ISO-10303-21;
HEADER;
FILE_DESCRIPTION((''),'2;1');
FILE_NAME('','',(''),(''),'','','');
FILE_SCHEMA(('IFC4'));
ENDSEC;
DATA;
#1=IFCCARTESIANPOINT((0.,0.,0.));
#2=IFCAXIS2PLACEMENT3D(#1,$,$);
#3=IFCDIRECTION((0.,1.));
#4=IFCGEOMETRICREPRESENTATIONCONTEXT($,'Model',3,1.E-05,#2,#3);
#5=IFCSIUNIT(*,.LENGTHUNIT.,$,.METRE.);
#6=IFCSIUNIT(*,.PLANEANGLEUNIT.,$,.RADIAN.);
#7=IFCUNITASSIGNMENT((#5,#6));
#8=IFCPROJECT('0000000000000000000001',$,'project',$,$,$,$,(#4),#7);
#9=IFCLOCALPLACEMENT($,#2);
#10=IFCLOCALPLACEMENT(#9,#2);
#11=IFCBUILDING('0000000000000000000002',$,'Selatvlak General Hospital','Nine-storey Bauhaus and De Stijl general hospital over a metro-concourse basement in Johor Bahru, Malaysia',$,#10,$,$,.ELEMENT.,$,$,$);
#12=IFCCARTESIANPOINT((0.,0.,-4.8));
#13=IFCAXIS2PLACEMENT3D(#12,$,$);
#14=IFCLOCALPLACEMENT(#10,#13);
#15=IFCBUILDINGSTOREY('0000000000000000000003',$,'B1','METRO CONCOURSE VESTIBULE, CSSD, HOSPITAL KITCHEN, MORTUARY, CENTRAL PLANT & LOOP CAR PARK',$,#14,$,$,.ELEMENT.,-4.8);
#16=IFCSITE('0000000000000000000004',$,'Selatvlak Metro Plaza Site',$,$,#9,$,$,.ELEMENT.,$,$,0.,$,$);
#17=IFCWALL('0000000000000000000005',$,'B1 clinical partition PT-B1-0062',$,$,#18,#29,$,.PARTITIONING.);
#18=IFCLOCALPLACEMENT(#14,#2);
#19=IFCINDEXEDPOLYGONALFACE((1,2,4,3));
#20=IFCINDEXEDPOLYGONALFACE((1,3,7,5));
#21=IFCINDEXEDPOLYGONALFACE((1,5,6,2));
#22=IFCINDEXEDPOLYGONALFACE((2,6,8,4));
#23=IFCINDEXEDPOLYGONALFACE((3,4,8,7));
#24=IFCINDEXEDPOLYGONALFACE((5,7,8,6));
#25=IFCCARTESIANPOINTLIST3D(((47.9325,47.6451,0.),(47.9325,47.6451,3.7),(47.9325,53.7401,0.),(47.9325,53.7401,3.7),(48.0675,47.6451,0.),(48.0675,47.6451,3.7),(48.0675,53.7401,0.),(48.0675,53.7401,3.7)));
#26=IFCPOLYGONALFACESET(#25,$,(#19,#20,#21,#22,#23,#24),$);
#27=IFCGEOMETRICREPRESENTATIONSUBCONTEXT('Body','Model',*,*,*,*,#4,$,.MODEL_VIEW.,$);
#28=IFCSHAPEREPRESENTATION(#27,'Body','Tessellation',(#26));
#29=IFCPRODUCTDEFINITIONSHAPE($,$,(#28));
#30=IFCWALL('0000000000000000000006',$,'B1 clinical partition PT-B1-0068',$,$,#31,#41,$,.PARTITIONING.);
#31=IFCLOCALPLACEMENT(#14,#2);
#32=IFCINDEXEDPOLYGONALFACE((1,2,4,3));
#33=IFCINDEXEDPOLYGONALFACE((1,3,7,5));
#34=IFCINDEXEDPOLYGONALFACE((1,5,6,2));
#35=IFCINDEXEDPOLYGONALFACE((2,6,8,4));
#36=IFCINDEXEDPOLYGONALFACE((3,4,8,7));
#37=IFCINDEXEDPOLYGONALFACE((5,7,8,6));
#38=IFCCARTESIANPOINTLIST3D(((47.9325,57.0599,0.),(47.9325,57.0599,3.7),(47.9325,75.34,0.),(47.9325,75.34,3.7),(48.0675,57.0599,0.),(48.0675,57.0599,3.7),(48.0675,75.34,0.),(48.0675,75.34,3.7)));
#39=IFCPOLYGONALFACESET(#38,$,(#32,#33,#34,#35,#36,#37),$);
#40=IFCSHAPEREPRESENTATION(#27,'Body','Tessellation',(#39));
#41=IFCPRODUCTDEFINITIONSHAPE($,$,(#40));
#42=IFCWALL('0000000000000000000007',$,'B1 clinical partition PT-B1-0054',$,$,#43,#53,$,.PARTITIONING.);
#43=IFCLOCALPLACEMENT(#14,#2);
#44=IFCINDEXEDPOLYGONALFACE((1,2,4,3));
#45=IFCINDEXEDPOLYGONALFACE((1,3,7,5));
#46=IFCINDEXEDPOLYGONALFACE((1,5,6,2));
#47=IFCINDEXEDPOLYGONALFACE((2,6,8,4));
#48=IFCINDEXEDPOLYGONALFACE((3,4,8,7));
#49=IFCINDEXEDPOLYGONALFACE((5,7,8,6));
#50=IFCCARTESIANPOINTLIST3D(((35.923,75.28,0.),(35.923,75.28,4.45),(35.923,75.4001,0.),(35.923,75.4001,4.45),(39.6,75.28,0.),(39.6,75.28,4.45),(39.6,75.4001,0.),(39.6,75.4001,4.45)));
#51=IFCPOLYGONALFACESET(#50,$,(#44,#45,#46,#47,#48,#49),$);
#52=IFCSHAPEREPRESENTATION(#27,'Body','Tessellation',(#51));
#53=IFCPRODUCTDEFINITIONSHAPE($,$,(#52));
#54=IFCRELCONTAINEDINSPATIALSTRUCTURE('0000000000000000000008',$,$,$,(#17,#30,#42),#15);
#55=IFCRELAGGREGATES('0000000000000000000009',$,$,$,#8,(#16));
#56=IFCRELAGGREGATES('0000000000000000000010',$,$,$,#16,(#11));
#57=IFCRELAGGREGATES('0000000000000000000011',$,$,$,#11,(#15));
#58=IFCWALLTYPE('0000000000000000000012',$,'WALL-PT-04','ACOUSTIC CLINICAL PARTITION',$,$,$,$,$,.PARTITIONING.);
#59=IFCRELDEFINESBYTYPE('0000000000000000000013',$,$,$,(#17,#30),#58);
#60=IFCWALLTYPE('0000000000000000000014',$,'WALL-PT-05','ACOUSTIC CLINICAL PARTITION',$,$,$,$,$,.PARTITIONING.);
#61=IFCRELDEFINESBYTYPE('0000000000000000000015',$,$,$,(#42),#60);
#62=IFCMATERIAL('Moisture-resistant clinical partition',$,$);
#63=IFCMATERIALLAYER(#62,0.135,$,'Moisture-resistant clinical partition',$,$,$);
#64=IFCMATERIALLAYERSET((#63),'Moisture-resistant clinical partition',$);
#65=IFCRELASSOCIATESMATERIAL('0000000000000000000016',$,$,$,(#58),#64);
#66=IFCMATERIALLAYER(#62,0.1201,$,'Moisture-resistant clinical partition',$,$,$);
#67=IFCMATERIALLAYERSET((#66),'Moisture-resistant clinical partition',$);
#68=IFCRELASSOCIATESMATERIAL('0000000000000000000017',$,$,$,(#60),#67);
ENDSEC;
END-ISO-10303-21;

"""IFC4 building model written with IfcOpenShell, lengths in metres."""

from ifc_helpers import new_model, si_unit, direction, frame, frame_2d, origin, place, context, subcontext, project, spatial, rectangle, extrude, material, layer, layer_set, type_object, element, save


model = new_model("IFC4")

# Units and contexts
model_context = context("Model", 3, precision=1e-05, world=origin(), true_north=direction((0.0, 1.0)))
body_context = subcontext(model_context, "Body", "Model", "MODEL_VIEW")
ifc_project = project(units=[si_unit("LENGTHUNIT", "METRE"), si_unit("PLANEANGLEUNIT", "RADIAN")], contexts=[model_context])

# Site, building, storey
site_placement = place(None, origin())
site = spatial("IfcSite", under=ifc_project, at=site_placement, Name="Selatvlak Metro Plaza Site", CompositionType="ELEMENT", RefElevation=0.0)
building_placement = place(site_placement, origin())
building = spatial("IfcBuilding", under=site, at=building_placement, Name="Selatvlak General Hospital", Description="Nine-storey Bauhaus and De Stijl general hospital over a metro-concourse basement in Johor Bahru, Malaysia", CompositionType="ELEMENT")
storey_placement = place(building_placement, frame((0.0, 0.0, -4.8)))
storey = spatial("IfcBuildingStorey", under=building, at=storey_placement, Name="B1", Description="METRO CONCOURSE VESTIBULE, CSSD, HOSPITAL KITCHEN, MORTUARY, CENTRAL PLANT & LOOP CAR PARK", CompositionType="ELEMENT", Elevation=-4.8)

# Walls
ifc_material_1 = material(Name="Moisture-resistant clinical partition")
ifc_layer_1 = layer(ifc_material_1, 0.135, Name="Moisture-resistant clinical partition")
ifc_layer_set_1 = layer_set([ifc_layer_1], Name="Moisture-resistant clinical partition")
wall_type_1 = type_object("IfcWallType", Name="WALL-PT-04", Description="ACOUSTIC CLINICAL PARTITION", PredefinedType="PARTITIONING", material=ifc_layer_set_1)
wall_1_placement = place(storey_placement, frame((48.0, 53.74, 0.0), z_axis=(0.0, 0.0, 1.0), x_axis=(0.0, -1.0, 0.0)))
element("IfcWall", 1, at=wall_1_placement, inside=storey, type_object=wall_type_1, Name="B1 clinical partition PT-B1-0062", PredefinedType="PARTITIONING", context=body_context, shape_type="SweptSolid", body=[
    extrude(rectangle(XDim=6.095, YDim=0.135, at=frame_2d((3.0474, 0.0))), origin(), (0.0, 0.0, 1.0), 3.7),
])
wall_2_placement = place(storey_placement, frame((48.0, 75.3401, 0.0), z_axis=(0.0, 0.0, 1.0), x_axis=(0.0, -1.0, 0.0)))
element("IfcWall", 2, at=wall_2_placement, inside=storey, type_object=wall_type_1, Name="B1 clinical partition PT-B1-0068", PredefinedType="PARTITIONING", context=body_context, shape_type="SweptSolid", body=[
    extrude(rectangle(XDim=18.28, YDim=0.135, at=frame_2d((9.1401, 0.0))), origin(), (0.0, 0.0, 1.0), 3.7),
])
ifc_layer_2 = layer(ifc_material_1, 0.1201, Name="Moisture-resistant clinical partition")
ifc_layer_set_2 = layer_set([ifc_layer_2], Name="Moisture-resistant clinical partition")
wall_type_2 = type_object("IfcWallType", Name="WALL-PT-05", Description="ACOUSTIC CLINICAL PARTITION", PredefinedType="PARTITIONING", material=ifc_layer_set_2)
wall_3_placement = place(storey_placement, frame((35.9231, 75.3401, 0.0), z_axis=(0.0, 0.0, 1.0), x_axis=(1.0, 0.0, 0.0)))
element("IfcWall", 3, at=wall_3_placement, inside=storey, type_object=wall_type_2, Name="B1 clinical partition PT-B1-0054", PredefinedType="PARTITIONING", context=body_context, shape_type="SweptSolid", body=[
    extrude(rectangle(XDim=3.677, YDim=0.1201, at=frame_2d((1.8384, 0.0))), origin(), (0.0, 0.0, 1.0), 4.45),
])

save(model, "model.ifc")
